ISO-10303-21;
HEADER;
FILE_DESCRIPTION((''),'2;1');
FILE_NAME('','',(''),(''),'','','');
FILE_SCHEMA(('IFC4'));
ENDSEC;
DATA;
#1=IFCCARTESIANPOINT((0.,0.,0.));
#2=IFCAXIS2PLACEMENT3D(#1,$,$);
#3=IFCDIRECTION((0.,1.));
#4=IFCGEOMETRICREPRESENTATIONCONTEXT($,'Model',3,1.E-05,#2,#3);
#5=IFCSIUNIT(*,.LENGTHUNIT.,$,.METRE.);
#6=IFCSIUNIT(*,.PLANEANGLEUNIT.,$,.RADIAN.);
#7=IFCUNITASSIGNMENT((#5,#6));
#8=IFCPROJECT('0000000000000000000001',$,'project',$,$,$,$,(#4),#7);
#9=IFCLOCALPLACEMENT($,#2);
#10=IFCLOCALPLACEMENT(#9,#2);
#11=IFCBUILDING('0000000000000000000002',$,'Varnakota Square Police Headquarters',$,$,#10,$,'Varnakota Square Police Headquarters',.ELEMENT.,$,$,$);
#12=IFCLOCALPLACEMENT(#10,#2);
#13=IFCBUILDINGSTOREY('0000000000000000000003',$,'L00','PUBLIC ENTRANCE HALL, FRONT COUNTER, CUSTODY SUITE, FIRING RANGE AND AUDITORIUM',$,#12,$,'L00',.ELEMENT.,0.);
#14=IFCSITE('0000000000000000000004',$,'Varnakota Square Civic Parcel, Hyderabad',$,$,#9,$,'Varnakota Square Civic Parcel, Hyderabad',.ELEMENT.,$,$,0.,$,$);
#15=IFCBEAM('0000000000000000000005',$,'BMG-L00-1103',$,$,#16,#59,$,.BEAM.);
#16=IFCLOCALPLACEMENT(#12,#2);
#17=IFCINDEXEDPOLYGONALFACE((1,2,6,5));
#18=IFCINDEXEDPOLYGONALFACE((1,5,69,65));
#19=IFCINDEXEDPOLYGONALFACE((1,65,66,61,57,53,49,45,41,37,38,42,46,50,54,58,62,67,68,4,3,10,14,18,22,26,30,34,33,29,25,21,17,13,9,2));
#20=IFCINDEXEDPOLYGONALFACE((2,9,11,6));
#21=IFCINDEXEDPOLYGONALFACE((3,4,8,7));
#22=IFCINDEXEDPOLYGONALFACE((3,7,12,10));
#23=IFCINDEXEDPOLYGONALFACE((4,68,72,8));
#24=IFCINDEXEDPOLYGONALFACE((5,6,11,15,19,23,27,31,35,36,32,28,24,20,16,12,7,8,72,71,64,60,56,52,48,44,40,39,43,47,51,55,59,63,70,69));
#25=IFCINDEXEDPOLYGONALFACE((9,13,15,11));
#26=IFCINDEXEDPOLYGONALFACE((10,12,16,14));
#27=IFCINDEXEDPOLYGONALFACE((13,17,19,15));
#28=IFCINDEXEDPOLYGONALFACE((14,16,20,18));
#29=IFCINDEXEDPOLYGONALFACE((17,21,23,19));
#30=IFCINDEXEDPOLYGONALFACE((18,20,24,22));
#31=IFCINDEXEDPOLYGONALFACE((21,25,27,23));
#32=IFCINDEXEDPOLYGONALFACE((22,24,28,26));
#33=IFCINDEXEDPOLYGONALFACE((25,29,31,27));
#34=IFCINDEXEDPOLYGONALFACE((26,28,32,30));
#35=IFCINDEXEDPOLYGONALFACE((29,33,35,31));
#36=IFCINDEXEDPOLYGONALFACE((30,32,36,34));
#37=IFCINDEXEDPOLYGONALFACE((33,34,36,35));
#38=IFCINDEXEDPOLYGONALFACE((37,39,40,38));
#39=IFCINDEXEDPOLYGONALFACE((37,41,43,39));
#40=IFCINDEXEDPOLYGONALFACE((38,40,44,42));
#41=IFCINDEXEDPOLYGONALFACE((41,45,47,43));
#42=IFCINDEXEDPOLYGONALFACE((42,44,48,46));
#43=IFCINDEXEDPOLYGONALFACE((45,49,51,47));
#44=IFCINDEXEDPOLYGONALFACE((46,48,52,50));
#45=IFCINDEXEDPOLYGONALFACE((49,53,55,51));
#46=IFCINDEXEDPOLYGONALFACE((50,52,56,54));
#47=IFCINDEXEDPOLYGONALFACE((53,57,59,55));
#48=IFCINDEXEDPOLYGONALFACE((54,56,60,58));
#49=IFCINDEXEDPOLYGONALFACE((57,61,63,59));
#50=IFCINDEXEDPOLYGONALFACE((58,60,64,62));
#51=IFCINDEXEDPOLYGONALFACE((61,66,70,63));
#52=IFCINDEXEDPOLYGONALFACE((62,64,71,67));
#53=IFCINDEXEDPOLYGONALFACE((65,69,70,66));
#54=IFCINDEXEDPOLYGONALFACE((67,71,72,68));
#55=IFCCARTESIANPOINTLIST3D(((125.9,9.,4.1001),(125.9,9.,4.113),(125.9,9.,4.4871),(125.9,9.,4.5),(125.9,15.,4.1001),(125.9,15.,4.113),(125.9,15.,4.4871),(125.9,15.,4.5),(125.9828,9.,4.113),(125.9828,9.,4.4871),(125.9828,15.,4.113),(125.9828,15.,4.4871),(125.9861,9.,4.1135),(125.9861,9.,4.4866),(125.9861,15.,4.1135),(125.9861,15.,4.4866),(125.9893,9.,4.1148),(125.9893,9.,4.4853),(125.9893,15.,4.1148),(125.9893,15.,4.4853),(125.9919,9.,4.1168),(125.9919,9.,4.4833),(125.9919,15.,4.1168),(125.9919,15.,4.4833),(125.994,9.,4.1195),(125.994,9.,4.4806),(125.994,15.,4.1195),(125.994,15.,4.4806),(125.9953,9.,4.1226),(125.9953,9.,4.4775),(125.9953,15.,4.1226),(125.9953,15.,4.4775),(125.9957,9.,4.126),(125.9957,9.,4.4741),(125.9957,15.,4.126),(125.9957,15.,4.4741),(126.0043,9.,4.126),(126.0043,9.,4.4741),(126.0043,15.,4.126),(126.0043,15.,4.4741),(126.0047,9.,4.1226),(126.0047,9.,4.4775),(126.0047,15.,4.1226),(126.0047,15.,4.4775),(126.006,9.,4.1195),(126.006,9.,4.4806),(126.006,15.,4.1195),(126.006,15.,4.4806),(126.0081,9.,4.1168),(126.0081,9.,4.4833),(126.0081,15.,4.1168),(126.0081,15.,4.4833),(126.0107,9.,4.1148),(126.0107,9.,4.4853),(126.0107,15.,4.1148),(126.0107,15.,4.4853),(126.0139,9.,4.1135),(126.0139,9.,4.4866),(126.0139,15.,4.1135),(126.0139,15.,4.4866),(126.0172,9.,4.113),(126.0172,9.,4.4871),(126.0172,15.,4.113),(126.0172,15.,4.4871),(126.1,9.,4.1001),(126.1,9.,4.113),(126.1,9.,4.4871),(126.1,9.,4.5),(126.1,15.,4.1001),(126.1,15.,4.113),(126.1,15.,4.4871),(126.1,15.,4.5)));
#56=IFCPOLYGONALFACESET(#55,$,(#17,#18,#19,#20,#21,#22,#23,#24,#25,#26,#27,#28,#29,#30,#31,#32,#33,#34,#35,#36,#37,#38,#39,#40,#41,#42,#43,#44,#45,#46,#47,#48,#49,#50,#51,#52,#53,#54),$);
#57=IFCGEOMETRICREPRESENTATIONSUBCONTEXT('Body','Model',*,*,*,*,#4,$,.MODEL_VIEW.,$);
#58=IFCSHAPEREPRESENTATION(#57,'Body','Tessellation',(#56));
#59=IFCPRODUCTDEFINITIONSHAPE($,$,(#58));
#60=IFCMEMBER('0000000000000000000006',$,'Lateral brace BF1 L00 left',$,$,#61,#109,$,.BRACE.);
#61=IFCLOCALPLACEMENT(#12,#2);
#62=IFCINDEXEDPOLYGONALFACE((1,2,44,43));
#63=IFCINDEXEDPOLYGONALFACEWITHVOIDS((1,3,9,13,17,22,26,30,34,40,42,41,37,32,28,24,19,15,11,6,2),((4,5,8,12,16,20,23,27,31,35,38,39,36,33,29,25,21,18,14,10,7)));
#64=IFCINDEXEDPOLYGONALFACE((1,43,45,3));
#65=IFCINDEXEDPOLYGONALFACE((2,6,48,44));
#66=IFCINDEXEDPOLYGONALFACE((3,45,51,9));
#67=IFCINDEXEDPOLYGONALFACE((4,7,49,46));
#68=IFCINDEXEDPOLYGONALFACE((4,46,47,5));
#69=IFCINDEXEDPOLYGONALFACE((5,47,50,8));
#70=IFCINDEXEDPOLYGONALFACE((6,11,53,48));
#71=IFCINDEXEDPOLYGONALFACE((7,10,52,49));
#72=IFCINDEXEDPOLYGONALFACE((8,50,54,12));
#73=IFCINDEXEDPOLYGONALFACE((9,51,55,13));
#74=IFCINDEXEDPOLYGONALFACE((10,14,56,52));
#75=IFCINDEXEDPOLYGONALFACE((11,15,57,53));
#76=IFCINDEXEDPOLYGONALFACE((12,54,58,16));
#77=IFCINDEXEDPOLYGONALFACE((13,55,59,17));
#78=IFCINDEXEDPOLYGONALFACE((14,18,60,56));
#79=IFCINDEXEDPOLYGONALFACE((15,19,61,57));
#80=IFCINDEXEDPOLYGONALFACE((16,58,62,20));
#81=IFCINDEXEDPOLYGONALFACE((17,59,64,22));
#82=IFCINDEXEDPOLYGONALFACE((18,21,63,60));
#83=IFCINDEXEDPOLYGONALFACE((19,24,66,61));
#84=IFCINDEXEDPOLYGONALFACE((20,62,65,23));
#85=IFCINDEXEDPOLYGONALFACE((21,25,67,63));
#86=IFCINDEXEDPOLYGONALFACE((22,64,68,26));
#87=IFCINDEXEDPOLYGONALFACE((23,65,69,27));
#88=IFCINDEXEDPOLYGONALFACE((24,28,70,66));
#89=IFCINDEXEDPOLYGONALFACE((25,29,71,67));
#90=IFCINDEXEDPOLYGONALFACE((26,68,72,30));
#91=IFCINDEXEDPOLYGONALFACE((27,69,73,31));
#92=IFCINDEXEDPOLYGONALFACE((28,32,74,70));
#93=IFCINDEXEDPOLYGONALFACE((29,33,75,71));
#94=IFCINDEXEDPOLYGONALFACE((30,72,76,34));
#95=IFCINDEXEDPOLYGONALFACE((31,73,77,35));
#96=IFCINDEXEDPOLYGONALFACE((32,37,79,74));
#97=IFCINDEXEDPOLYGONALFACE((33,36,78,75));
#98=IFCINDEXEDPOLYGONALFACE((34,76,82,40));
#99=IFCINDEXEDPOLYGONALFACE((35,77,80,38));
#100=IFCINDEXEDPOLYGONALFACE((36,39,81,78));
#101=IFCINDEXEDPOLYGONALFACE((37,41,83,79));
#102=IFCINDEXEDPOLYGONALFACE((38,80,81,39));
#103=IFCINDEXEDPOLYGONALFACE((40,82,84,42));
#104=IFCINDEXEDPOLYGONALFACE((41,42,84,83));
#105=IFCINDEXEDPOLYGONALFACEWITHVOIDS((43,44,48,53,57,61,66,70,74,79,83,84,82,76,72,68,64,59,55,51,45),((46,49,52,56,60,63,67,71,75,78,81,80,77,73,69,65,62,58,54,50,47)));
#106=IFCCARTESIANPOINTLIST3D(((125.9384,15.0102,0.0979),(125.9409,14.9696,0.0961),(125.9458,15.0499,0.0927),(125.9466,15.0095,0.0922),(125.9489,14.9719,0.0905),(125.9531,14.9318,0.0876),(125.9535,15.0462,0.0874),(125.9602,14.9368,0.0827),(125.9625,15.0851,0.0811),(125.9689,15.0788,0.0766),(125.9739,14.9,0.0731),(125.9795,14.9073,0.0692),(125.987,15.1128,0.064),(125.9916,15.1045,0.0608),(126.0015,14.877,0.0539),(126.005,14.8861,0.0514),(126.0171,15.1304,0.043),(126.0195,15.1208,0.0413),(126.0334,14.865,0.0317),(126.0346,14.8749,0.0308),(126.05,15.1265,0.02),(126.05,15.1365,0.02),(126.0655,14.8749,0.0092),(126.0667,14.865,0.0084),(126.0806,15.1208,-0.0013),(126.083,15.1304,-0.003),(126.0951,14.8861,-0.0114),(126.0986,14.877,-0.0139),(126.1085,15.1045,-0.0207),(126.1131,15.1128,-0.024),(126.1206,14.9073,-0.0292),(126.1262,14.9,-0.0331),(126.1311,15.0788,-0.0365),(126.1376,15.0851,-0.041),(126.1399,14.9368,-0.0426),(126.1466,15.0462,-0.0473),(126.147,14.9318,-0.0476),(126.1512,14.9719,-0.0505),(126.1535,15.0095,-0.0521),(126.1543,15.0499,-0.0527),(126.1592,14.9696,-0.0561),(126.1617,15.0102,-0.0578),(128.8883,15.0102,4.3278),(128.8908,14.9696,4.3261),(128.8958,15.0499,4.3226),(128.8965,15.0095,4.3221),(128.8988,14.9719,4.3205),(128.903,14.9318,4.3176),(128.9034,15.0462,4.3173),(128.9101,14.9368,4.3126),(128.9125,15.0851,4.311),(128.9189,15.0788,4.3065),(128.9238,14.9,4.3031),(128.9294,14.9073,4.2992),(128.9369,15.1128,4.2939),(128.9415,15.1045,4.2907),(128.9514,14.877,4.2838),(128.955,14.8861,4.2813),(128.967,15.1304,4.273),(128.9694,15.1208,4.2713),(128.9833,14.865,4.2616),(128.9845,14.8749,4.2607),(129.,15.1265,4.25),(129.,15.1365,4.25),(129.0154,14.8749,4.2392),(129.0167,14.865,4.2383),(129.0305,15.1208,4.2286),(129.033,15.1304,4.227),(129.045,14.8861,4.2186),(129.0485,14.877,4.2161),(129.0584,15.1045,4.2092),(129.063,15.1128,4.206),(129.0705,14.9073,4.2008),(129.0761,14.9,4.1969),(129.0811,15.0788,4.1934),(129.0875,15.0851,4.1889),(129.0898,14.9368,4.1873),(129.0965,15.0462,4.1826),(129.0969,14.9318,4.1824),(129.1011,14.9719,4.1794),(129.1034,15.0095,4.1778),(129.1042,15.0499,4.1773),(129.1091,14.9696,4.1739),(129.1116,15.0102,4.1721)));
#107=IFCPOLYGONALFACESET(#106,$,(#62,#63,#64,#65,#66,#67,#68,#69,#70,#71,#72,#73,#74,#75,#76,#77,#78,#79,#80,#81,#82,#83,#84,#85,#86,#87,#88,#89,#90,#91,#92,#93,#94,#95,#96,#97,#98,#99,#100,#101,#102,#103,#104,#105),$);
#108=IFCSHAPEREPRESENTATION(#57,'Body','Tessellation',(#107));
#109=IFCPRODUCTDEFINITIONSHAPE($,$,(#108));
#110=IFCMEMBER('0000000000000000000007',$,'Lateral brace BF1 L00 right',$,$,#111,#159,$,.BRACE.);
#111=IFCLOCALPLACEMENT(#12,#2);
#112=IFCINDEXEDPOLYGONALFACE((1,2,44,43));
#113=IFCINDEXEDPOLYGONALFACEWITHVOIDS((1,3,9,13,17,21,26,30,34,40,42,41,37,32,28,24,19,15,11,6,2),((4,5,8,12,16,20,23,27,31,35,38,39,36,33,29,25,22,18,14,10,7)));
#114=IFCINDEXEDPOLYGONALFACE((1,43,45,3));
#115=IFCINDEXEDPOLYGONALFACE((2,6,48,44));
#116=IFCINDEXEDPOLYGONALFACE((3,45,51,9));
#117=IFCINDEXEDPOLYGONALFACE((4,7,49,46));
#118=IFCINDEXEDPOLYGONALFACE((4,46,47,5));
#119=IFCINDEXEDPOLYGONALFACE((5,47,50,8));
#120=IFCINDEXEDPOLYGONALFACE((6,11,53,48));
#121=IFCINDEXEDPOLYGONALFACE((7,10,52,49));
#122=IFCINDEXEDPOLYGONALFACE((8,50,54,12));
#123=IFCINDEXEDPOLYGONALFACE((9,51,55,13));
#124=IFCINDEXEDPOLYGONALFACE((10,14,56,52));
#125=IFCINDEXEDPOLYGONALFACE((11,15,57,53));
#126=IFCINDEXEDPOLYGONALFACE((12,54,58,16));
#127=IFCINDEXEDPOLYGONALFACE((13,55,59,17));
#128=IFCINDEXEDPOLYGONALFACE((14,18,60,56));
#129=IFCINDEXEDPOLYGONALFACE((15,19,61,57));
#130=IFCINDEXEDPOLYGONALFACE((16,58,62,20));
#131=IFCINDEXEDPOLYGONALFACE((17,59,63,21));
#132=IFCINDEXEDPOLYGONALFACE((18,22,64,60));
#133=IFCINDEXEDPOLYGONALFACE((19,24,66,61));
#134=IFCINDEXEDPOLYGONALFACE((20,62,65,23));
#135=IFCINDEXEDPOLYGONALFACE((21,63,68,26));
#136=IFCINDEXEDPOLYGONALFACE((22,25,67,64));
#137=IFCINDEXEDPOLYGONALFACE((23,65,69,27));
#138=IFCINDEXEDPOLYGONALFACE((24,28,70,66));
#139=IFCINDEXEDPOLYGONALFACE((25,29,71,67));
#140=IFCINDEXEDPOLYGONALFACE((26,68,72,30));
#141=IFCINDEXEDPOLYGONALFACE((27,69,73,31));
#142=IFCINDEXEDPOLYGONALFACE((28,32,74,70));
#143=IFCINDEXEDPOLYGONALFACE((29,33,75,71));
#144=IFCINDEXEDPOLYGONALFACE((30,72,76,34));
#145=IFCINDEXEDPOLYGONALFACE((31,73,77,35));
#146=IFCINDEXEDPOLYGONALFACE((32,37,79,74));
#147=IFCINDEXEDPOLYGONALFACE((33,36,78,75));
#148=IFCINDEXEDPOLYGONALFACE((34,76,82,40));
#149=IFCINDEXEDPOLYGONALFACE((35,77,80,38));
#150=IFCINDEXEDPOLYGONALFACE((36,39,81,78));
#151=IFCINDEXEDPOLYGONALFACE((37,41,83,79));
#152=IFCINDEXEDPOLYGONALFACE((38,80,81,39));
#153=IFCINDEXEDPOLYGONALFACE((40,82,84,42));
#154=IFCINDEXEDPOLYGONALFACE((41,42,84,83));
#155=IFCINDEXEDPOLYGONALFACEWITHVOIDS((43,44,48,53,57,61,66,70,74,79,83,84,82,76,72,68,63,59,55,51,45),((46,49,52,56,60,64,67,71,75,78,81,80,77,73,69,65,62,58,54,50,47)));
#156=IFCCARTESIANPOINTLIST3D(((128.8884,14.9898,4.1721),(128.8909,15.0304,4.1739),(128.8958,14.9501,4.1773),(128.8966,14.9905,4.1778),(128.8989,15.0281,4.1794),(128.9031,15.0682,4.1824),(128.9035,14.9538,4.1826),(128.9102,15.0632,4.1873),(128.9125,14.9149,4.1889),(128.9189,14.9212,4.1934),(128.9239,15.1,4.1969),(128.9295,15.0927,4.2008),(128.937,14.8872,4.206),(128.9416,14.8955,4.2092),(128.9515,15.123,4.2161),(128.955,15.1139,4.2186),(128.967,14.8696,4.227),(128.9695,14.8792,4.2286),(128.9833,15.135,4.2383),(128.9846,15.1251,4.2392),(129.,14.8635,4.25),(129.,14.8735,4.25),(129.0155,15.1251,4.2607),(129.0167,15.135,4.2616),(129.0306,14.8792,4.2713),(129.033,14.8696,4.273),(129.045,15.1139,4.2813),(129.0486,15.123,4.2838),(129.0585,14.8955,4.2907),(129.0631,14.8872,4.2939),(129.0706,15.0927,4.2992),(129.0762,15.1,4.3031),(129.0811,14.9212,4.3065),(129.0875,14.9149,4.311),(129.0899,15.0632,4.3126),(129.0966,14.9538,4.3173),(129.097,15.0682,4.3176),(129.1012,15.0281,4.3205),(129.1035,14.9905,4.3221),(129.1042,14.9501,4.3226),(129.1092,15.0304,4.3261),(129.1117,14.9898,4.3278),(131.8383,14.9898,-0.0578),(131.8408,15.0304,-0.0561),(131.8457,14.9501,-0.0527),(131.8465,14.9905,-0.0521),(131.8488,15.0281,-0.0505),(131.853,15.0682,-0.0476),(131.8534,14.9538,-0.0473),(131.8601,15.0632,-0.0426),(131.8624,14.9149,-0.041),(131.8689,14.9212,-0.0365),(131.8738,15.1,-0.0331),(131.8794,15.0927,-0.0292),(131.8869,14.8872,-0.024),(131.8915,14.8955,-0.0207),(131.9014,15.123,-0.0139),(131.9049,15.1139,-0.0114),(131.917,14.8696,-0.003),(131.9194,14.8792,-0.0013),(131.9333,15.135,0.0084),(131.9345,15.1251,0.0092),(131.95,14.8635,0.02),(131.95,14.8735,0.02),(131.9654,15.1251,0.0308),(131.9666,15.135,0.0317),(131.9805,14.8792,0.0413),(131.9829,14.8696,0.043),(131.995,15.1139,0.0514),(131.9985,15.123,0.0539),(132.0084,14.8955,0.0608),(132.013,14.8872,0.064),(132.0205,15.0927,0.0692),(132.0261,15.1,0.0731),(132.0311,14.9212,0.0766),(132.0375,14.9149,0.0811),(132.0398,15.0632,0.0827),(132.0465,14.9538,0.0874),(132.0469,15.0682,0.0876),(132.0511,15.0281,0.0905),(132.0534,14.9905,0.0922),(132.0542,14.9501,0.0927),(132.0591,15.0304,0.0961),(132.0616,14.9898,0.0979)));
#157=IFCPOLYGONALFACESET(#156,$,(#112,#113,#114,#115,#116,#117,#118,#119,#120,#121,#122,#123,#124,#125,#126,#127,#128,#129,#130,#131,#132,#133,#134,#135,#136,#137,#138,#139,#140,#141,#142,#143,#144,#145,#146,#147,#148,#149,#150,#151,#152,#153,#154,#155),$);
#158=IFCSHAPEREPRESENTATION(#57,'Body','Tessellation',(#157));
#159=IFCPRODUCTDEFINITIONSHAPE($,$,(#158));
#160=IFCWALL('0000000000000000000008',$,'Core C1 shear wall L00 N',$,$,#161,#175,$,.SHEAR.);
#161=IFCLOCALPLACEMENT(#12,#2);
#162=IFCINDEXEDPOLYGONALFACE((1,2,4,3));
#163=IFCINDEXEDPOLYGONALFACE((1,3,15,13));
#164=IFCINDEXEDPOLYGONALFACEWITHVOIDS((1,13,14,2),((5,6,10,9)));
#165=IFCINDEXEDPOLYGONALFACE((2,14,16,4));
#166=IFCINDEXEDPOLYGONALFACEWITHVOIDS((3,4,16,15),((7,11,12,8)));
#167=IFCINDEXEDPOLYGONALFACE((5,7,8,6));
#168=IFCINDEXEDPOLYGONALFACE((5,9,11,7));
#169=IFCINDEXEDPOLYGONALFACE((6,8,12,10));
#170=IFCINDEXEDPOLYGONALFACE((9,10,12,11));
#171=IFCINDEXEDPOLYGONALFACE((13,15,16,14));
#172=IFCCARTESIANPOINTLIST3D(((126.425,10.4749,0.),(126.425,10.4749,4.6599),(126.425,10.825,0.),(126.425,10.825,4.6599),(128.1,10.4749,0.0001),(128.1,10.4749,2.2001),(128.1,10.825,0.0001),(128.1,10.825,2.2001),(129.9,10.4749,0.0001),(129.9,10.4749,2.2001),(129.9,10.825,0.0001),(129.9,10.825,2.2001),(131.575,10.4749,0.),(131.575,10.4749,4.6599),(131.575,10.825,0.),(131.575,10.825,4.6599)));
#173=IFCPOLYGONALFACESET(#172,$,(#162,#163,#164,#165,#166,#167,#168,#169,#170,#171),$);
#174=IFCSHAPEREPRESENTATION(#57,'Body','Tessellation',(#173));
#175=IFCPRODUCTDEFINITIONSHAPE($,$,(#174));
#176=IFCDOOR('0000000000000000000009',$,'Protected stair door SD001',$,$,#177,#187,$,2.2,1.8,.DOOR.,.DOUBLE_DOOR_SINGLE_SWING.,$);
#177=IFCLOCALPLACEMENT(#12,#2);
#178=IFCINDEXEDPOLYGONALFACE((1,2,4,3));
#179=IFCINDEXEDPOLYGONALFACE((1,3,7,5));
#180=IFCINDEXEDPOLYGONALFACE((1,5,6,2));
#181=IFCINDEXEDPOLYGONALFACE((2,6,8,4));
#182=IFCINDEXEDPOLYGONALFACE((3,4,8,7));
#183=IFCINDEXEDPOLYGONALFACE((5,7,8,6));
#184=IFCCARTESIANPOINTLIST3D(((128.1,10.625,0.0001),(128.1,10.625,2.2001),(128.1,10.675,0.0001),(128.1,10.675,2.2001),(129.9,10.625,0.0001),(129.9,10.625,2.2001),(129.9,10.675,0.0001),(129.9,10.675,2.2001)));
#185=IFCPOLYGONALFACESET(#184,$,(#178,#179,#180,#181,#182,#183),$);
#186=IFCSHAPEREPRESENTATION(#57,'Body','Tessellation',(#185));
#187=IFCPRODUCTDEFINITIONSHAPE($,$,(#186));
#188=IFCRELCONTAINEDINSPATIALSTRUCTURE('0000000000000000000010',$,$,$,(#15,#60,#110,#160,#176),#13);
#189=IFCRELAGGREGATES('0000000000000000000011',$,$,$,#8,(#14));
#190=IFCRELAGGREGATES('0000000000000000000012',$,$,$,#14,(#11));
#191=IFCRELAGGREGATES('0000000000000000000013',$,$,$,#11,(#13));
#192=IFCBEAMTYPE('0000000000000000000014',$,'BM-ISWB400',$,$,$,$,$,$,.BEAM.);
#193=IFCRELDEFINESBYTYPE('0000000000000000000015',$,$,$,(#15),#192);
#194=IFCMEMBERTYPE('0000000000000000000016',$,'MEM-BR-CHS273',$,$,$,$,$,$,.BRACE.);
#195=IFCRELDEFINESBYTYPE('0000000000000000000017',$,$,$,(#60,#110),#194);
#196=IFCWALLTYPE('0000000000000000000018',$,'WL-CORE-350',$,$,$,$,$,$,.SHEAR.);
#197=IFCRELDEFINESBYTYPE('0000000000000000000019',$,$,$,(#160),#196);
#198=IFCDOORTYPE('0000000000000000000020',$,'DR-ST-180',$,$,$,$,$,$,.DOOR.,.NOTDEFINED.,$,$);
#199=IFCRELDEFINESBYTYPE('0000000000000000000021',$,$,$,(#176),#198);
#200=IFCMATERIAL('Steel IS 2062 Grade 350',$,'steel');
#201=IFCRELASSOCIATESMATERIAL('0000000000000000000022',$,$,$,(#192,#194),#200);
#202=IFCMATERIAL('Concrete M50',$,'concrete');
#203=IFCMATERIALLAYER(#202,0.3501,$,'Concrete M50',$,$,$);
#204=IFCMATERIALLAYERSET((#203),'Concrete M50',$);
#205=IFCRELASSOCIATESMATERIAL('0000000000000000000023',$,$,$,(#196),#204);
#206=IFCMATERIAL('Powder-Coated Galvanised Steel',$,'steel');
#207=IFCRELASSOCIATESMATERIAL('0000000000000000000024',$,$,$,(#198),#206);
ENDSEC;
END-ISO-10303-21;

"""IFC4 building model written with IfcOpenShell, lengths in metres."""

from ifc_helpers import new_model, si_unit, direction, frame, frame_2d, origin, origin_2d, place, context, subcontext, project, spatial, rectangle, hollow_circle, i_section, extrude, material, layer, layer_set, material_profile, profile_set, type_object, element, fill, save


model = new_model("IFC4")

# Units and contexts
model_context = context("Model", 3, precision=1e-05, world=origin(), true_north=direction((0.0, 1.0)))
body_context = subcontext(model_context, "Body", "Model", "MODEL_VIEW")
ifc_project = project(units=[si_unit("LENGTHUNIT", "METRE"), si_unit("PLANEANGLEUNIT", "RADIAN")], contexts=[model_context])

# Site, building, storey
site_placement = place(None, origin())
site = spatial("IfcSite", under=ifc_project, at=site_placement, Name="Varnakota Square Civic Parcel, Hyderabad", LongName="Varnakota Square Civic Parcel, Hyderabad", CompositionType="ELEMENT", RefElevation=0.0)
building_placement = place(site_placement, origin())
building = spatial("IfcBuilding", under=site, at=building_placement, Name="Varnakota Square Police Headquarters", LongName="Varnakota Square Police Headquarters", CompositionType="ELEMENT")
storey_placement = place(building_placement, origin())
storey = spatial("IfcBuildingStorey", under=building, at=storey_placement, Name="L00", Description="PUBLIC ENTRANCE HALL, FRONT COUNTER, CUSTODY SUITE, FIRING RANGE AND AUDITORIUM", LongName="L00", CompositionType="ELEMENT", Elevation=0.0)

# Shared definitions
ifc_material_1 = material(Name="Concrete M50", Category="concrete")

# Beam
ifc_material_2 = material(Name="Steel IS 2062 Grade 350", Category="steel")
ifc_material_profile_1 = material_profile(ifc_material_2, i_section(OverallWidth=0.2, OverallDepth=0.3999, WebThickness=0.0085, FlangeThickness=0.0129, FilletRadius=0.0129, at=origin_2d()), Name="ISWB 400")
ifc_profile_set_1 = profile_set([ifc_material_profile_1], Name="Steel IS 2062 Grade 350")
beam_type_1 = type_object("IfcBeamType", Name="BM-ISWB400", PredefinedType="BEAM", material=ifc_profile_set_1)
beam_1_placement = place(storey_placement, frame((126.0, 9.0, 4.3), z_axis=(0.0, 1.0, 0.0), x_axis=(-1.0, 0.0, 0.0)))
element("IfcBeam", 1, at=beam_1_placement, inside=storey, type_object=beam_type_1, Name="BMG-L00-1103", PredefinedType="BEAM", context=body_context, shape_type="SweptSolid", body=[
    extrude(i_section(OverallWidth=0.2, OverallDepth=0.3999, WebThickness=0.0085, FlangeThickness=0.0129, FilletRadius=0.0129, at=origin_2d()), origin(), (0.0, 0.0, 1.0), 6.0),
])

# Members
ifc_material_profile_2 = material_profile(ifc_material_2, hollow_circle(Radius=0.1365, WallThickness=0.01, at=origin_2d()), Name="CHS 273.0x10.0")
ifc_profile_set_2 = profile_set([ifc_material_profile_2], Name="Steel IS 2062 Grade 350")
member_type = type_object("IfcMemberType", Name="MEM-BR-CHS273", PredefinedType="BRACE", material=ifc_profile_set_2)
for number, where, z_axis, x_axis, name in (
    (2, (126.05, 15.0, 0.02), (0.572025, 0.0, 0.820236), (0.0, 1.0, 0.0), "Lateral brace BF1 L00 left"),
    (3, (131.95, 15.0, 0.02), (-0.572025, 0.0, 0.820236), (0.0, -1.0, 0.0), "Lateral brace BF1 L00 right"),
):
    element("IfcMember", number, at=place(storey_placement, frame(where, z_axis=z_axis, x_axis=x_axis)), inside=storey, type_object=member_type, Name=name, PredefinedType="BRACE", context=body_context, shape_type="SweptSolid", body=[
        extrude(hollow_circle(Radius=0.1365, WallThickness=0.01, at=origin_2d()), origin(), (0.0, 0.0, 1.0), 5.157),
    ])

# Wall, opening, door
ifc_layer_1 = layer(ifc_material_1, 0.3501, Name="Concrete M50")
ifc_layer_set_1 = layer_set([ifc_layer_1], Name="Concrete M50")
wall_type_1 = type_object("IfcWallType", Name="WL-CORE-350", PredefinedType="SHEAR", material=ifc_layer_set_1)
wall_1_placement = place(storey_placement, frame((131.575, 10.6499, 0.0), z_axis=(0.0, 0.0, 1.0), x_axis=(-1.0, 0.0, 0.0)))
wall_1 = element("IfcWall", 4, at=wall_1_placement, inside=storey, type_object=wall_type_1, Name="Core C1 shear wall L00 N", PredefinedType="SHEAR", context=body_context, shape_type="SweptSolid", body=[
    extrude(rectangle(XDim=5.1499, YDim=0.3501, at=frame_2d((2.575, 0.0))), origin(), (0.0, 0.0, 1.0), 4.6599),
])
opening_1_placement = place(wall_1_placement, frame((1.675, 0.0, 0.0)))
opening_1 = element("IfcOpeningElement", 5, at=opening_1_placement, cuts=wall_1, PredefinedType="OPENING", context=body_context, shape_type="SweptSolid", body=[
    extrude(rectangle(XDim=1.8, YDim=2.2, at=frame_2d((0.8999, 1.1001))), frame((0.0, 0.1851, 0.0), z_axis=(0.0, -1.0, 0.0), x_axis=(1.0, 0.0, 0.0)), (0.0, 0.0, 1.0), 0.3701),
])
ifc_material_3 = material(Name="Powder-Coated Galvanised Steel", Category="steel")
door_type_1 = type_object("IfcDoorType", Name="DR-ST-180", OperationType="NOTDEFINED", PredefinedType="DOOR", material=ifc_material_3)
door_1_placement = place(opening_1_placement, origin())
door_1 = element("IfcDoor", 6, at=door_1_placement, inside=storey, type_object=door_type_1, Name="Protected stair door SD001", OperationType="DOUBLE_DOOR_SINGLE_SWING", OverallHeight=2.2, OverallWidth=1.8, PredefinedType="DOOR", context=body_context, shape_type="SweptSolid", body=[
    extrude(rectangle(XDim=1.8, YDim=2.2, at=frame_2d((0.8999, 1.1001))), frame((0.0, 0.0249, 0.0), z_axis=(0.0, -1.0, 0.0), x_axis=(1.0, 0.0, 0.0)), (0.0, 0.0, 1.0), 0.05),
])
fill(opening_1, door_1)

save(model, "model.ifc")
